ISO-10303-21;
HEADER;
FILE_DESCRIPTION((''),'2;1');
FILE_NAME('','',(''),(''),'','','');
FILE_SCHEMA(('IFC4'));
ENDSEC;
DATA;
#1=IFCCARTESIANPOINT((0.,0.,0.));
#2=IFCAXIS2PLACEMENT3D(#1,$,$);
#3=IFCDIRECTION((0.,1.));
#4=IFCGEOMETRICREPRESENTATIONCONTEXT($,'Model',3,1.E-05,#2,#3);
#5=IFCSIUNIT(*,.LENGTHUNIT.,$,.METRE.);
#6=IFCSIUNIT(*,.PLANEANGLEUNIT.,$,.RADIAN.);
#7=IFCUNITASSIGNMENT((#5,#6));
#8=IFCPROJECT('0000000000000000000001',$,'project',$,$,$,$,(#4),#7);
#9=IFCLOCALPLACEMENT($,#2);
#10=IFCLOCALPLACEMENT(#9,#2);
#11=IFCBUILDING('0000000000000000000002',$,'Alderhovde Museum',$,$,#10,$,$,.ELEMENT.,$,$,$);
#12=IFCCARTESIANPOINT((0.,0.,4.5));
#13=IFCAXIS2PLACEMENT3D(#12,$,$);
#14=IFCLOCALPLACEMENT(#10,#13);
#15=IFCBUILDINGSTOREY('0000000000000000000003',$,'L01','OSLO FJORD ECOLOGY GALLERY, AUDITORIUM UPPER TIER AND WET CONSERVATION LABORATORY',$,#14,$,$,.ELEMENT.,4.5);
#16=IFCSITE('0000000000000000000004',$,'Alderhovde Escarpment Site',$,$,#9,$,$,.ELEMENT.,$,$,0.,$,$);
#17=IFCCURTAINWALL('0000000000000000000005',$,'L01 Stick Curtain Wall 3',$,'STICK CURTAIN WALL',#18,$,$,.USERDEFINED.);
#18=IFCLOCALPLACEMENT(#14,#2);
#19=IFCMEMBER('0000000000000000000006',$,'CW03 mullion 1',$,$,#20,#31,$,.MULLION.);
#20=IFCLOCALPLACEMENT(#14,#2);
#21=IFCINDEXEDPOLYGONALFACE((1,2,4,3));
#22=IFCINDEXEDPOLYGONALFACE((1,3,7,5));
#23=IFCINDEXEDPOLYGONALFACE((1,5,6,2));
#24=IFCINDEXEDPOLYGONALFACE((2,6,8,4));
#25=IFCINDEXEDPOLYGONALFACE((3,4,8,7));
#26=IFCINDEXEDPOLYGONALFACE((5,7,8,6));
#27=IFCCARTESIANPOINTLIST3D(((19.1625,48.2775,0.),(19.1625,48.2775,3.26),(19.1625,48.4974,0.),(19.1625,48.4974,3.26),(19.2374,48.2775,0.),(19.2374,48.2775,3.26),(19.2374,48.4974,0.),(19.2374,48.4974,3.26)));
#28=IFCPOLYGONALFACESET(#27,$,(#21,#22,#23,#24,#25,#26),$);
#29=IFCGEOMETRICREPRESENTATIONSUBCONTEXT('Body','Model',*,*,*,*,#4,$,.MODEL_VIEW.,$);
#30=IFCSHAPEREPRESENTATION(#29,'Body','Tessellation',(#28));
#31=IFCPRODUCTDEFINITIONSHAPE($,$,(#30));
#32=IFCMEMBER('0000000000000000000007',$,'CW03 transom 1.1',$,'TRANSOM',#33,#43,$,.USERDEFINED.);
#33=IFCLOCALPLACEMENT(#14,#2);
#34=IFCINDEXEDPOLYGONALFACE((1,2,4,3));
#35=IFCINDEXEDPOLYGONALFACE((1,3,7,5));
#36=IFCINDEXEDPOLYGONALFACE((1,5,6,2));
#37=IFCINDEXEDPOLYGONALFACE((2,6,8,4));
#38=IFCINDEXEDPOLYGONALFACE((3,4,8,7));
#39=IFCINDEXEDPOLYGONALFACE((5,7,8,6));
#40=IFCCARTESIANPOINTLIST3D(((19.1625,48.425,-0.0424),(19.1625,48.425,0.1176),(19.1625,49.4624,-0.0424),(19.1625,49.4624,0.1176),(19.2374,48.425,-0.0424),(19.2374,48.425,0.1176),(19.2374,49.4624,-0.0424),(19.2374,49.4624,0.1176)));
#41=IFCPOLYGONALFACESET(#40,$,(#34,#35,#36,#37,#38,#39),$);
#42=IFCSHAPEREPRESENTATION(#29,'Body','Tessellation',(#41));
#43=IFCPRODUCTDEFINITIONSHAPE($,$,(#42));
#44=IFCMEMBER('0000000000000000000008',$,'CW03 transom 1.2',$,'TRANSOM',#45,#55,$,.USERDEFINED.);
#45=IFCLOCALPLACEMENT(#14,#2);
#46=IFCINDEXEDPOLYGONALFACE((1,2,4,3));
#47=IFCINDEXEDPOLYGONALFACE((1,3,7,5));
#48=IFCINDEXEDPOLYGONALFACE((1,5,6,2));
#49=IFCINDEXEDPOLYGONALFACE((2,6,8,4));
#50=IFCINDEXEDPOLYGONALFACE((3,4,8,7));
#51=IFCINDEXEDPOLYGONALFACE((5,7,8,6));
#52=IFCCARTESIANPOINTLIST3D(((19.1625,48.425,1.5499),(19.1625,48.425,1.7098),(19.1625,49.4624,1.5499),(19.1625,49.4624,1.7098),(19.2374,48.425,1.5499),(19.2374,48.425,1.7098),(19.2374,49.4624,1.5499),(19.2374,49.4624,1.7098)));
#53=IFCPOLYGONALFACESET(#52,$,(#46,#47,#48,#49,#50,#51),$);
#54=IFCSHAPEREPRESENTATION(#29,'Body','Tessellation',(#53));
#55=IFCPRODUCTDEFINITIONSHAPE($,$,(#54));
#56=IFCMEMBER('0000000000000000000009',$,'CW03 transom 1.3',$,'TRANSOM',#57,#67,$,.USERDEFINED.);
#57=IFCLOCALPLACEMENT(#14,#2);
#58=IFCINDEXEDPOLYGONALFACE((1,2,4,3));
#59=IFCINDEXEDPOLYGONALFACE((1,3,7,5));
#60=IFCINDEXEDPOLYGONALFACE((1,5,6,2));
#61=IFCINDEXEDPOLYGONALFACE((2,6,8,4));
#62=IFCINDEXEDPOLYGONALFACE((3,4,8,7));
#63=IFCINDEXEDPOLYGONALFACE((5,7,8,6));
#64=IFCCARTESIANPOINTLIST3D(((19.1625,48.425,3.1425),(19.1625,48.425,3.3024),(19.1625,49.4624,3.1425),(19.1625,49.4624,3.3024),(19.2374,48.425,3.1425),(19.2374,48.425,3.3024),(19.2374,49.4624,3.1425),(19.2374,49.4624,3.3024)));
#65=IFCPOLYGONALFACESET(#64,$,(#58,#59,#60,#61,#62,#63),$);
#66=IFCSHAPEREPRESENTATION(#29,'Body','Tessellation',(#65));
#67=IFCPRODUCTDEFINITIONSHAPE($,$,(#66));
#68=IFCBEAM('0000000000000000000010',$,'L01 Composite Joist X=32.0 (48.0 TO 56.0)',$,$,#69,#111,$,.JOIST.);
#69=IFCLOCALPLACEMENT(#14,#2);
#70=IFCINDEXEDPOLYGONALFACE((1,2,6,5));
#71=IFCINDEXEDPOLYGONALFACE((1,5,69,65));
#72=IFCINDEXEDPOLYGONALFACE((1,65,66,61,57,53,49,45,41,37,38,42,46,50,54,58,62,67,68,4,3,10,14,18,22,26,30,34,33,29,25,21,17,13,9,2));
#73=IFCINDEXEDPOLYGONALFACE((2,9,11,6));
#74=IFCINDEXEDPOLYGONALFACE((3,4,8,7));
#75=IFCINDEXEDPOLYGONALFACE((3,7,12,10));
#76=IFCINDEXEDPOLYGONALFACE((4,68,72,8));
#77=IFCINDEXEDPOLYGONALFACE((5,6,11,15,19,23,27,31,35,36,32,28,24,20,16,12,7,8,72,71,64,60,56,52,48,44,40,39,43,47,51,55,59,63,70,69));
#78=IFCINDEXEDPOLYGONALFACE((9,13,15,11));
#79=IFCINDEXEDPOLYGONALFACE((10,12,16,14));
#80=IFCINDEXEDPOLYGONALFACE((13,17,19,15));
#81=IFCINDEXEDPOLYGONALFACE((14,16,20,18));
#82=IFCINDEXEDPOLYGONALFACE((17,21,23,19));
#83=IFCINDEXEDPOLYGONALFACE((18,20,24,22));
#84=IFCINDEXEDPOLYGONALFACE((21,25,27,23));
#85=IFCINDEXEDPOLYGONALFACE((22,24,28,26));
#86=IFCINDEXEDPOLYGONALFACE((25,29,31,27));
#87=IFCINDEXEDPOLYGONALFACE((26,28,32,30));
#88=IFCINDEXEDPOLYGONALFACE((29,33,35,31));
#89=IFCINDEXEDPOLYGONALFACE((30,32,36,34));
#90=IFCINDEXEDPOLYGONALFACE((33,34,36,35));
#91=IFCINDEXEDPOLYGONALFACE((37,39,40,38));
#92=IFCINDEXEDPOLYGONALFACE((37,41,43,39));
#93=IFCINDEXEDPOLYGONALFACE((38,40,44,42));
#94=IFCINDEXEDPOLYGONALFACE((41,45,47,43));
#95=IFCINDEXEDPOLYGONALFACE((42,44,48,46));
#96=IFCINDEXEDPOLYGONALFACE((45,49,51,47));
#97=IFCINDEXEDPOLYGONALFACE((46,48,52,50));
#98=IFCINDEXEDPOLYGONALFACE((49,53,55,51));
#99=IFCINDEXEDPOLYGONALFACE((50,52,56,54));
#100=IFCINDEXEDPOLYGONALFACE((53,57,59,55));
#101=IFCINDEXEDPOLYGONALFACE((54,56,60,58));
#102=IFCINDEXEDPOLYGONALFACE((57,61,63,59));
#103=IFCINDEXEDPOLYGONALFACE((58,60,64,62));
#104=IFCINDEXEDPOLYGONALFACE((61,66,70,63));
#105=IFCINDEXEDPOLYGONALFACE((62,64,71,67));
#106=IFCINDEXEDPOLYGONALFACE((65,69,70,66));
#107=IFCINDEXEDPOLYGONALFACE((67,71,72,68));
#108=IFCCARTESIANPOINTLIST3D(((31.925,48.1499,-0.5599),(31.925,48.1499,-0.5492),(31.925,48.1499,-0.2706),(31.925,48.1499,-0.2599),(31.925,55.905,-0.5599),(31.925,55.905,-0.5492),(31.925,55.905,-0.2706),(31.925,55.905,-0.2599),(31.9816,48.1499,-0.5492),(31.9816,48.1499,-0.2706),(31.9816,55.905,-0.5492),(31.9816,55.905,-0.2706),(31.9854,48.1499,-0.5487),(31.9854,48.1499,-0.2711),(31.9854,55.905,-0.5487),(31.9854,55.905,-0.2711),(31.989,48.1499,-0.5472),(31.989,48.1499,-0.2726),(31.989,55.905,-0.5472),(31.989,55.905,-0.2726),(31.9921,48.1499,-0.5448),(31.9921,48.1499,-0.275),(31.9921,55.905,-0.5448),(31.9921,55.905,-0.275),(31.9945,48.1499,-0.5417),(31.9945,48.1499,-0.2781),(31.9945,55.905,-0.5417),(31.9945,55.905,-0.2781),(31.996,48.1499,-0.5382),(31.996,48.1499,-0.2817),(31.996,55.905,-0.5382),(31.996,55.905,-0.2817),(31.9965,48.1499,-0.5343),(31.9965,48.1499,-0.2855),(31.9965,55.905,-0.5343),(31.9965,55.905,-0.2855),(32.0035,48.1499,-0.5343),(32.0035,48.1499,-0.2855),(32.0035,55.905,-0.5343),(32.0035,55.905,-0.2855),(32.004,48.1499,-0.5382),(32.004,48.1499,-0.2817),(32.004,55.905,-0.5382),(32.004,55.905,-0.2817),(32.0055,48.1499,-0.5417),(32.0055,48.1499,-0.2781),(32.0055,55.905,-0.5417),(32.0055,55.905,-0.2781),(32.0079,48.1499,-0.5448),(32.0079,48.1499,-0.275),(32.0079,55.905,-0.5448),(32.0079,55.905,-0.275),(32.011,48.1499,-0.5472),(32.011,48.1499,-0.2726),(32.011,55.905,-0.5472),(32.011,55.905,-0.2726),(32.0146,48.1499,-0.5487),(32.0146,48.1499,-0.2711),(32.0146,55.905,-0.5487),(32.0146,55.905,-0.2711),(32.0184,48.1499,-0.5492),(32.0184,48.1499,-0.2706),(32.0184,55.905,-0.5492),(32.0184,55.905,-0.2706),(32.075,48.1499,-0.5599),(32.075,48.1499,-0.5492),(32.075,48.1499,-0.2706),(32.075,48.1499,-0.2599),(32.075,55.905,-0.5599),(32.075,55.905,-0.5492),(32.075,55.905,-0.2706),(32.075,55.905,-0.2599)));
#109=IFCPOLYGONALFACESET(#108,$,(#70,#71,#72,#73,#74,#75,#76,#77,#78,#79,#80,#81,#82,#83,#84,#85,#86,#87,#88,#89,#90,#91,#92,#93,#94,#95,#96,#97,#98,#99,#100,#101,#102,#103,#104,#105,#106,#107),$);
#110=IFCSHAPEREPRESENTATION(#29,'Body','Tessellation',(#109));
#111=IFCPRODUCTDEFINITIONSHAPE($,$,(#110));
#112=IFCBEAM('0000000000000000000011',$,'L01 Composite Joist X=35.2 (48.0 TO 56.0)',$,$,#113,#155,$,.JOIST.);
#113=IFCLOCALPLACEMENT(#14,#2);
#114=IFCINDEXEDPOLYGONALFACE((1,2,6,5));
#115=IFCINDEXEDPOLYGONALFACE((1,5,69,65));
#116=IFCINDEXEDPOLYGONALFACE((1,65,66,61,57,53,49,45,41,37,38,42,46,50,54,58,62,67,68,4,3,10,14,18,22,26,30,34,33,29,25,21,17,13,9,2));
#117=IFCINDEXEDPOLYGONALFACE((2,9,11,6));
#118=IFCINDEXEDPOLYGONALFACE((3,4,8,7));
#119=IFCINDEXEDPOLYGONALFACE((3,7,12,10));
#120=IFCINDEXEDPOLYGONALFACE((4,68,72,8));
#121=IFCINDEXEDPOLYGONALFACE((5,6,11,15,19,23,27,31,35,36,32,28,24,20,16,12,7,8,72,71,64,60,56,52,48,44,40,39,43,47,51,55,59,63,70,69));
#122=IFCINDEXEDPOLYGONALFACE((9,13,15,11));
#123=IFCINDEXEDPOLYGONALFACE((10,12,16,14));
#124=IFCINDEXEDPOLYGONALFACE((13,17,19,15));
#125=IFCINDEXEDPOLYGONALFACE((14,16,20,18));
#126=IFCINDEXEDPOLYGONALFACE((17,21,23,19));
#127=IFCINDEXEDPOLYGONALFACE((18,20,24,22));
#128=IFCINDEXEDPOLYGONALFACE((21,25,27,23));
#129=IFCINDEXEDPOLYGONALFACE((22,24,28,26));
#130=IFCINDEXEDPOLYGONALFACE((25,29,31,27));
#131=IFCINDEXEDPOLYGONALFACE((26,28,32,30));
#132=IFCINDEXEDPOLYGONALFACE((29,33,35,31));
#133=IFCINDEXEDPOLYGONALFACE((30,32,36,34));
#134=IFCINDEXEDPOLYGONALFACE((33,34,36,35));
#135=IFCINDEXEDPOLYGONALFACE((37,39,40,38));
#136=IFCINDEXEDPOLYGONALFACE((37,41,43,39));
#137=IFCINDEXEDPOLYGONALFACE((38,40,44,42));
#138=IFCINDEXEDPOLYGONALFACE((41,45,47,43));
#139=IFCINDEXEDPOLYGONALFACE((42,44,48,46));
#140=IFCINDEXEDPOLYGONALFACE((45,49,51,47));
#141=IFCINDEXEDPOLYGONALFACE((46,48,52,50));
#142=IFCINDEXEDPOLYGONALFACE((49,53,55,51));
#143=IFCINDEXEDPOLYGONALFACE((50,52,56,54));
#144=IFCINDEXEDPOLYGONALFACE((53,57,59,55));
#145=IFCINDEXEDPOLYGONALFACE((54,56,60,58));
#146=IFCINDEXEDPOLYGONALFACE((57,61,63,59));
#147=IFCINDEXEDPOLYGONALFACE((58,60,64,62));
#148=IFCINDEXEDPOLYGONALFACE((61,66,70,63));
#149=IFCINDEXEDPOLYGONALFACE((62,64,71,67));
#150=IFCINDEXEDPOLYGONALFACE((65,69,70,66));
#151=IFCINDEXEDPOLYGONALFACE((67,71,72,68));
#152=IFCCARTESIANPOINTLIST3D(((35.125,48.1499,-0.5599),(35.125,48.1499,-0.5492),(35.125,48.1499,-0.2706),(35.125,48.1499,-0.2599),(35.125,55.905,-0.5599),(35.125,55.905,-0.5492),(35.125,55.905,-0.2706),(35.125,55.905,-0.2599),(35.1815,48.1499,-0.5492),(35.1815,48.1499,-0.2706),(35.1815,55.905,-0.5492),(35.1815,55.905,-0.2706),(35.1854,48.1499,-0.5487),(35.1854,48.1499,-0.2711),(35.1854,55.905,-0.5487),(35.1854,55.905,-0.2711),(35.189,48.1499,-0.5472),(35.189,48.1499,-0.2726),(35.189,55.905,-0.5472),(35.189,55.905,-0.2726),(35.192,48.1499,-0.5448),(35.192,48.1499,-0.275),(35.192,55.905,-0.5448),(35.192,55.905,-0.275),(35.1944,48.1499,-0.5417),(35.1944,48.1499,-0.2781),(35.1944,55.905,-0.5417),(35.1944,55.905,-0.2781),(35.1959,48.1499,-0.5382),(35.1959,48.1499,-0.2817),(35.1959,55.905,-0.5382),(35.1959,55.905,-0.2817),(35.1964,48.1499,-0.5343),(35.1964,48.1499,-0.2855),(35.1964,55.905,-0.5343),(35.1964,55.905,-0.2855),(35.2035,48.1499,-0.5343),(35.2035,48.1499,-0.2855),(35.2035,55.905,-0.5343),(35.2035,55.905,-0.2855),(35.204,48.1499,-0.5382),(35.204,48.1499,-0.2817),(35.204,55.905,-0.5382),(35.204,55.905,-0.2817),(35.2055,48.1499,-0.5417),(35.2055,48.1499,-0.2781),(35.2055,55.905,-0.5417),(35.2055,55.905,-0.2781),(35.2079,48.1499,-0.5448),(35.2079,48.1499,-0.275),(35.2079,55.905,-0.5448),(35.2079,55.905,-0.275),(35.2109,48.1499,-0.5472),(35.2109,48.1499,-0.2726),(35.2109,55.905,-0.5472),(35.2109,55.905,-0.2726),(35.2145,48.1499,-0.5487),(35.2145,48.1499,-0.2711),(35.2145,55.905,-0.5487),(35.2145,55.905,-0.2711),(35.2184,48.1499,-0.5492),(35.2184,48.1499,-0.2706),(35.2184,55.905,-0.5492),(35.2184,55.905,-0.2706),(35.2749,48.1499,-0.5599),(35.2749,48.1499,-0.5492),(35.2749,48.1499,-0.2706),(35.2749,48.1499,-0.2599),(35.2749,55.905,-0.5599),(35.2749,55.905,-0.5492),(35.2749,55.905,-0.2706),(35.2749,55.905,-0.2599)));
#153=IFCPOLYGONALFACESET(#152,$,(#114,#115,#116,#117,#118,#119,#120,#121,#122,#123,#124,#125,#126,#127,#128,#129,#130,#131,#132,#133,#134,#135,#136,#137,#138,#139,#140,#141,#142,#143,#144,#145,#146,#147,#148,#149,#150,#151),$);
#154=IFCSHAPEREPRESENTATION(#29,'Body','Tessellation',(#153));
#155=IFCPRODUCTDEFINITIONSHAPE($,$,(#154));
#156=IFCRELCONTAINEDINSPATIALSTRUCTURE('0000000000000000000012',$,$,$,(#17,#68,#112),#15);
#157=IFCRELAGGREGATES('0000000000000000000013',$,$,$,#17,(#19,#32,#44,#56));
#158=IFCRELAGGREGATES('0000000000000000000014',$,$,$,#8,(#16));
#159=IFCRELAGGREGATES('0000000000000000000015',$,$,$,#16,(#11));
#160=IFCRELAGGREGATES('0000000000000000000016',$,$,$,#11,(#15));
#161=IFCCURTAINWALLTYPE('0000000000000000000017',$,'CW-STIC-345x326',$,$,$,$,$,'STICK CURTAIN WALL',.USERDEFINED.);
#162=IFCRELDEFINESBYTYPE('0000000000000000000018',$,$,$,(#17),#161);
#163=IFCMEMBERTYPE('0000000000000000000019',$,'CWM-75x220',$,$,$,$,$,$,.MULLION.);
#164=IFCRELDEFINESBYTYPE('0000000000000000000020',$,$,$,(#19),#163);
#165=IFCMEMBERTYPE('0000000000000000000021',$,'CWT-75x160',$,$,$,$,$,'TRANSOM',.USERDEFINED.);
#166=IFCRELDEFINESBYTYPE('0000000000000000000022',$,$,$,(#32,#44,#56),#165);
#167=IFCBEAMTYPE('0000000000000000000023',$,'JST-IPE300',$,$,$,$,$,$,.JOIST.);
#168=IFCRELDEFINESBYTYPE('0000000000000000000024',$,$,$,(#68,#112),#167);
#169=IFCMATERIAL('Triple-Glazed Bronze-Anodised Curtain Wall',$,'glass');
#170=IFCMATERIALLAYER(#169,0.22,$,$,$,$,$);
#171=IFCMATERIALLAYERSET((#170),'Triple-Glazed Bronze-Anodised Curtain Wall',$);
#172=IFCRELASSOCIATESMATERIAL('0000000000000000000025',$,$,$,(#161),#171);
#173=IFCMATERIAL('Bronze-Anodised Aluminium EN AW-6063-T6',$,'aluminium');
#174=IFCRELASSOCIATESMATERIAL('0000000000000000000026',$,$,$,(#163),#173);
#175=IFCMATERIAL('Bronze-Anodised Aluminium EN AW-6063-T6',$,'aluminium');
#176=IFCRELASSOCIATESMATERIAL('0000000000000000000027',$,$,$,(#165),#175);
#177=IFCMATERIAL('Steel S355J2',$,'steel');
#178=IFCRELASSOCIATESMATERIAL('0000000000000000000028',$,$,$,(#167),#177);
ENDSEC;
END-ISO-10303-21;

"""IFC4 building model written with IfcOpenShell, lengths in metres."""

from ifc_helpers import new_model, si_unit, direction, frame, origin, origin_2d, place, context, subcontext, project, spatial, rectangle, i_section, extrude, material, layer, layer_set, material_profile, profile_set, type_object, element, aggregate, save


model = new_model("IFC4")

# Units and contexts
model_context = context("Model", 3, precision=1e-05, world=origin(), true_north=direction((0.0, 1.0)))
body_context = subcontext(model_context, "Body", "Model", "MODEL_VIEW")
ifc_project = project(units=[si_unit("LENGTHUNIT", "METRE"), si_unit("PLANEANGLEUNIT", "RADIAN")], contexts=[model_context])

# Site, building, storey
site_placement = place(None, origin())
site = spatial("IfcSite", under=ifc_project, at=site_placement, Name="Alderhovde Escarpment Site", CompositionType="ELEMENT", RefElevation=0.0)
building_placement = place(site_placement, origin())
building = spatial("IfcBuilding", under=site, at=building_placement, Name="Alderhovde Museum", CompositionType="ELEMENT")
storey_placement = place(building_placement, frame((0.0, 0.0, 4.5)))
storey = spatial("IfcBuildingStorey", under=building, at=storey_placement, Name="L01", Description="OSLO FJORD ECOLOGY GALLERY, AUDITORIUM UPPER TIER AND WET CONSERVATION LABORATORY", CompositionType="ELEMENT", Elevation=4.5)

# Curtain wall, members
ifc_material_1 = material(Name="Triple-Glazed Bronze-Anodised Curtain Wall", Category="glass")
ifc_layer_1 = layer(ifc_material_1, 0.22)
ifc_layer_set_1 = layer_set([ifc_layer_1], Name="Triple-Glazed Bronze-Anodised Curtain Wall")
curtain_wall_type = type_object("IfcCurtainWallType", Name="CW-STIC-345x326", ElementType="STICK CURTAIN WALL", PredefinedType="USERDEFINED", material=ifc_layer_set_1)
curtain_wall_placement = place(storey_placement, origin())
curtain_wall = element("IfcCurtainWall", 1, at=curtain_wall_placement, inside=storey, type_object=curtain_wall_type, Name="L01 Stick Curtain Wall 3", ObjectType="STICK CURTAIN WALL", PredefinedType="USERDEFINED")
ifc_material_2 = material(Name="Bronze-Anodised Aluminium EN AW-6063-T6", Category="aluminium")
ifc_material_profile_1 = material_profile(ifc_material_2, rectangle(XDim=0.075, YDim=0.22, at=origin_2d()), Name="MULLION 75x220")
ifc_profile_set_1 = profile_set([ifc_material_profile_1], Name="Bronze-Anodised Aluminium EN AW-6063-T6")
member_type_1 = type_object("IfcMemberType", Name="CWM-75x220", PredefinedType="MULLION", material=ifc_profile_set_1)
member_1_placement = place(storey_placement, frame((19.2, 48.3875, 0.0), z_axis=(0.0, 0.0, 1.0), x_axis=(-1.0, 0.0, 0.0)))
member_1 = element("IfcMember", 2, at=member_1_placement, type_object=member_type_1, Name="CW03 mullion 1", PredefinedType="MULLION", context=body_context, shape_type="SweptSolid", body=[
    extrude(rectangle(XDim=0.075, YDim=0.22, at=origin_2d()), origin(), (0.0, 0.0, 1.0), 3.26),
])
ifc_material_3 = material(Name="Bronze-Anodised Aluminium EN AW-6063-T6", Category="aluminium")
ifc_material_profile_2 = material_profile(ifc_material_3, rectangle(XDim=0.075, YDim=0.1599, at=origin_2d()), Name="TRANSOM 75x160")
ifc_profile_set_2 = profile_set([ifc_material_profile_2], Name="Bronze-Anodised Aluminium EN AW-6063-T6")
member_type_2 = type_object("IfcMemberType", Name="CWT-75x160", ElementType="TRANSOM", PredefinedType="USERDEFINED", material=ifc_profile_set_2)
member_2_placement = place(storey_placement, frame((19.2, 48.425, 0.0376), z_axis=(0.0, 1.0, 0.0), x_axis=(-1.0, 0.0, 0.0)))
member_2 = element("IfcMember", 3, at=member_2_placement, type_object=member_type_2, Name="CW03 transom 1.1", ObjectType="TRANSOM", PredefinedType="USERDEFINED", context=body_context, shape_type="SweptSolid", body=[
    extrude(rectangle(XDim=0.075, YDim=0.1599, at=origin_2d()), origin(), (0.0, 0.0, 1.0), 1.0374),
])
member_3_placement = place(storey_placement, frame((19.2, 48.425, 1.6299), z_axis=(0.0, 1.0, 0.0), x_axis=(-1.0, 0.0, 0.0)))
member_3 = element("IfcMember", 4, at=member_3_placement, type_object=member_type_2, Name="CW03 transom 1.2", ObjectType="TRANSOM", PredefinedType="USERDEFINED", context=body_context, shape_type="SweptSolid", body=[
    extrude(rectangle(XDim=0.075, YDim=0.1599, at=origin_2d()), origin(), (0.0, 0.0, 1.0), 1.0374),
])
member_4_placement = place(storey_placement, frame((19.2, 48.425, 3.2224), z_axis=(0.0, 1.0, 0.0), x_axis=(-1.0, 0.0, 0.0)))
member_4 = element("IfcMember", 5, at=member_4_placement, type_object=member_type_2, Name="CW03 transom 1.3", ObjectType="TRANSOM", PredefinedType="USERDEFINED", context=body_context, shape_type="SweptSolid", body=[
    extrude(rectangle(XDim=0.075, YDim=0.1599, at=origin_2d()), origin(), (0.0, 0.0, 1.0), 1.0374),
])
aggregate(curtain_wall, [member_1, member_2, member_3, member_4])

# Beams
ifc_material_4 = material(Name="Steel S355J2", Category="steel")
ifc_material_profile_3 = material_profile(ifc_material_4, i_section(OverallWidth=0.1499, OverallDepth=0.3, WebThickness=0.0071, FlangeThickness=0.0107, FilletRadius=0.0149, at=origin_2d()), Name="IPE 300")
ifc_profile_set_3 = profile_set([ifc_material_profile_3], Name="Steel S355J2")
beam_type_1 = type_object("IfcBeamType", Name="JST-IPE300", PredefinedType="JOIST", material=ifc_profile_set_3)
for number, where, z_axis, x_axis, name in (
    (6, (32.0, 48.1499, -0.4099), (0.0, 1.0, 0.0), (-1.0, 0.0, 0.0), "L01 Composite Joist X=32.0 (48.0 TO 56.0)"),
    (7, (35.2, 48.1499, -0.4099), (0.0, 1.0, 0.0), (-1.0, 0.0, 0.0), "L01 Composite Joist X=35.2 (48.0 TO 56.0)"),
):
    element("IfcBeam", number, at=place(storey_placement, frame(where, z_axis=z_axis, x_axis=x_axis)), inside=storey, type_object=beam_type_1, Name=name, PredefinedType="JOIST", context=body_context, shape_type="SweptSolid", body=[
        extrude(i_section(OverallWidth=0.1499, OverallDepth=0.3, WebThickness=0.0071, FlangeThickness=0.0107, FilletRadius=0.0149, at=origin_2d()), origin(), (0.0, 0.0, 1.0), 7.7551),
    ])

save(model, "model.ifc")
